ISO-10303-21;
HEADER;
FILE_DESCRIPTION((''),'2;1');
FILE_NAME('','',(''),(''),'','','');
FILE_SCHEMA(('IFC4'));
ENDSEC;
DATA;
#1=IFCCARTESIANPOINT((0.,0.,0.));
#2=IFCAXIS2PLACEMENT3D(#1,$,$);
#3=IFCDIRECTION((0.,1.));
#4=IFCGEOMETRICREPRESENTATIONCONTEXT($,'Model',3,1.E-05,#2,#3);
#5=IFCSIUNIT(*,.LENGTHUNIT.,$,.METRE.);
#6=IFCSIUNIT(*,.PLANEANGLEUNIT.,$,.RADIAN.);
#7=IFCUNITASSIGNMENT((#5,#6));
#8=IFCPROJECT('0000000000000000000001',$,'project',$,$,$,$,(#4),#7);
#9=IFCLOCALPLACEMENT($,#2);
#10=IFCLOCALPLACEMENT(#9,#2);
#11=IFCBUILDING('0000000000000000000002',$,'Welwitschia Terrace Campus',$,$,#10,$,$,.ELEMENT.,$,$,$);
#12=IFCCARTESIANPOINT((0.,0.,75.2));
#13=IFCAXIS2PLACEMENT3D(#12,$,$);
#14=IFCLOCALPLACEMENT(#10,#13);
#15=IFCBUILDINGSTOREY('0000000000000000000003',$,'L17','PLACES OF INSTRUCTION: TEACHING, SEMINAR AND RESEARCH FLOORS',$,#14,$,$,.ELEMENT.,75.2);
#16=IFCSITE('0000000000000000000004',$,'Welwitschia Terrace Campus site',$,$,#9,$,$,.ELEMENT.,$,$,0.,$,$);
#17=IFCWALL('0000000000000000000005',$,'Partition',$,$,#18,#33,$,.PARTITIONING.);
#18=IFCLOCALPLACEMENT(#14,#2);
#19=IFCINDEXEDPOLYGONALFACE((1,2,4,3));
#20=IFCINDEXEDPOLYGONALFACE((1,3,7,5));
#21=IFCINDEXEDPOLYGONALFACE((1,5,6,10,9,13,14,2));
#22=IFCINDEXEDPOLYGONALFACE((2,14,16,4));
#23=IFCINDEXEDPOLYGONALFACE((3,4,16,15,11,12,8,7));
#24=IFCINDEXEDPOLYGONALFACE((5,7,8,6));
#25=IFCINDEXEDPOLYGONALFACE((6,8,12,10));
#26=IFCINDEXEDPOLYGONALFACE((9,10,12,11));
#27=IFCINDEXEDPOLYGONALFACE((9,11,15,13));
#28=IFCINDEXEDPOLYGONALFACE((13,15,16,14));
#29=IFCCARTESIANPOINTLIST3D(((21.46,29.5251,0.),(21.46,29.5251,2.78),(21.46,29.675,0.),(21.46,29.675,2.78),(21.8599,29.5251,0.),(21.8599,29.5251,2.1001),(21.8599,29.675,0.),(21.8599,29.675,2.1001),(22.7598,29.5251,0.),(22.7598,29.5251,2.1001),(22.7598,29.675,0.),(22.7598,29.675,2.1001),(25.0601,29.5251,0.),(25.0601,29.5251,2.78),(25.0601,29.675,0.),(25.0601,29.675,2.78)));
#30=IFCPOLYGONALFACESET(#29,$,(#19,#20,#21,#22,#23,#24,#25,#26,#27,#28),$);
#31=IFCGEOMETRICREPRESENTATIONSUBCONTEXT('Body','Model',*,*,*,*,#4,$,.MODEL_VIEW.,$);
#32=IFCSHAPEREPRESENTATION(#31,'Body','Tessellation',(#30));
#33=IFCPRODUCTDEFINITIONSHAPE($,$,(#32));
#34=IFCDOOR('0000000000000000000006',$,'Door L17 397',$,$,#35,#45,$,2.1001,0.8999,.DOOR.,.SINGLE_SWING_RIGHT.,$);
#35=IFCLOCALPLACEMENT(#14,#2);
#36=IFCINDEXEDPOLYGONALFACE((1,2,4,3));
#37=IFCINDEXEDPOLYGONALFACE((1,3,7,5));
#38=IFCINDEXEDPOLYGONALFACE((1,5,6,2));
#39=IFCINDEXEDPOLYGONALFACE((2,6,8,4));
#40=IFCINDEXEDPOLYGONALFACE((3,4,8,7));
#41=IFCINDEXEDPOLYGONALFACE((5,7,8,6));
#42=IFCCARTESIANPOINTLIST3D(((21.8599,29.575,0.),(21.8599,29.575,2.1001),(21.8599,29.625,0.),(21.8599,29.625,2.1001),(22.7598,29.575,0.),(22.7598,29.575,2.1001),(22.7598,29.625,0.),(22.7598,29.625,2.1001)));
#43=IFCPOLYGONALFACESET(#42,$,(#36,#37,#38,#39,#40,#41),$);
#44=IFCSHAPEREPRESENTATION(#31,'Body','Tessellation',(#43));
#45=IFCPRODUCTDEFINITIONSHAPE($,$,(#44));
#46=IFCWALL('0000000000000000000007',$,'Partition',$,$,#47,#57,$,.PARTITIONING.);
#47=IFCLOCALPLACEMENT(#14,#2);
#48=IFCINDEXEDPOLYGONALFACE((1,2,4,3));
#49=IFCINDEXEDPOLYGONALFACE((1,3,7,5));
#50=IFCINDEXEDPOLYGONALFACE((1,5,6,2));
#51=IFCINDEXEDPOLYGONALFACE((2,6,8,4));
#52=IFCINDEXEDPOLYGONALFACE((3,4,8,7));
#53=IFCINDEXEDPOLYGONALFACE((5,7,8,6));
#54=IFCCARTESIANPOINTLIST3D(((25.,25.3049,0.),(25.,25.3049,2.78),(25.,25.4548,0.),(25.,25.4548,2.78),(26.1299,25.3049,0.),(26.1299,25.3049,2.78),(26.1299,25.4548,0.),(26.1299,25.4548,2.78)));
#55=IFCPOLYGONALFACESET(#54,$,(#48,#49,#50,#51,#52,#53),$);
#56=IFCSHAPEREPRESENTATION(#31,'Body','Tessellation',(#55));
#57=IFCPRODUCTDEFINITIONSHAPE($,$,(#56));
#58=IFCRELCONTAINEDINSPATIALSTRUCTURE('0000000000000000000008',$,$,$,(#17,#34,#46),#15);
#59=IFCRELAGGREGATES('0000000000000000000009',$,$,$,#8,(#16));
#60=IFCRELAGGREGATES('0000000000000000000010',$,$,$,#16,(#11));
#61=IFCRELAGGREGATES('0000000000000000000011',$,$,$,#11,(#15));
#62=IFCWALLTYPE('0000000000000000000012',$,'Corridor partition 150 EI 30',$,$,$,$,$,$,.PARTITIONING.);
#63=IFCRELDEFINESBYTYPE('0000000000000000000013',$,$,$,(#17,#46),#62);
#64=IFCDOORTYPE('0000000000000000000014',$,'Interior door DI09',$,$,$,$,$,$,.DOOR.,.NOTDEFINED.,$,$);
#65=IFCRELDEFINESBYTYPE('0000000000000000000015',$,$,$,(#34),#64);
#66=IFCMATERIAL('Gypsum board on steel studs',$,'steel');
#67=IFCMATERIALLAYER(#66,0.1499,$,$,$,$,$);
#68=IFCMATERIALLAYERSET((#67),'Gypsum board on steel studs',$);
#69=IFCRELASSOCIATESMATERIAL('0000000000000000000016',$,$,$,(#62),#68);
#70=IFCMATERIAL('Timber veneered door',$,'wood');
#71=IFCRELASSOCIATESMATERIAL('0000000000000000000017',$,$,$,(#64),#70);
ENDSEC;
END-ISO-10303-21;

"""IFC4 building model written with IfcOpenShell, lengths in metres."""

from ifc_helpers import new_model, si_unit, direction, frame, frame_2d, origin, place, context, subcontext, project, spatial, rectangle, extrude, material, layer, layer_set, type_object, element, fill, save


model = new_model("IFC4")

# Units and contexts
model_context = context("Model", 3, precision=1e-05, world=origin(), true_north=direction((0.0, 1.0)))
body_context = subcontext(model_context, "Body", "Model", "MODEL_VIEW")
ifc_project = project(units=[si_unit("LENGTHUNIT", "METRE"), si_unit("PLANEANGLEUNIT", "RADIAN")], contexts=[model_context])

# Site, building, storey
site_placement = place(None, origin())
site = spatial("IfcSite", under=ifc_project, at=site_placement, Name="Welwitschia Terrace Campus site", CompositionType="ELEMENT", RefElevation=0.0)
building_placement = place(site_placement, origin())
building = spatial("IfcBuilding", under=site, at=building_placement, Name="Welwitschia Terrace Campus", CompositionType="ELEMENT")
storey_placement = place(building_placement, frame((0.0, 0.0, 75.2)))
storey = spatial("IfcBuildingStorey", under=building, at=storey_placement, Name="L17", Description="PLACES OF INSTRUCTION: TEACHING, SEMINAR AND RESEARCH FLOORS", CompositionType="ELEMENT", Elevation=75.2)

# Shared definitions
ifc_material_1 = material(Name="Gypsum board on steel studs", Category="steel")
ifc_layer_1 = layer(ifc_material_1, 0.1499)
ifc_layer_set_1 = layer_set([ifc_layer_1], Name="Gypsum board on steel studs")
wall_type_1 = type_object("IfcWallType", Name="Corridor partition 150 EI 30", PredefinedType="PARTITIONING", material=ifc_layer_set_1)

# Wall, opening, door
wall_1_placement = place(storey_placement, frame((21.46, 29.6001, 0.0), z_axis=(0.0, 0.0, 1.0), x_axis=(1.0, 0.0, 0.0)))
wall_1 = element("IfcWall", 1, at=wall_1_placement, inside=storey, type_object=wall_type_1, Name="Partition", PredefinedType="PARTITIONING", context=body_context, shape_type="SweptSolid", body=[
    extrude(rectangle(XDim=3.6001, YDim=0.1499, at=frame_2d((1.8, 0.0))), origin(), (0.0, 0.0, 1.0), 2.78),
])
opening_1_placement = place(wall_1_placement, frame((0.3999, 0.0, 0.0)))
opening_1 = element("IfcOpeningElement", 2, at=opening_1_placement, cuts=wall_1, PredefinedType="OPENING", context=body_context, shape_type="SweptSolid", body=[
    extrude(rectangle(XDim=0.8999, YDim=2.1001, at=frame_2d((0.45, 1.05))), frame((0.0, 0.085, 0.0), z_axis=(0.0, -1.0, 0.0), x_axis=(1.0, 0.0, 0.0)), (0.0, 0.0, 1.0), 0.1699),
])
ifc_material_2 = material(Name="Timber veneered door", Category="wood")
door_type_1 = type_object("IfcDoorType", Name="Interior door DI09", OperationType="NOTDEFINED", PredefinedType="DOOR", material=ifc_material_2)
door_1_placement = place(opening_1_placement, origin())
door_1 = element("IfcDoor", 3, at=door_1_placement, inside=storey, type_object=door_type_1, Name="Door L17 397", OperationType="SINGLE_SWING_RIGHT", OverallHeight=2.1001, OverallWidth=0.8999, PredefinedType="DOOR", context=body_context, shape_type="SweptSolid", body=[
    extrude(rectangle(XDim=0.8999, YDim=2.1001, at=frame_2d((0.45, 1.05))), frame((0.0, 0.0249, 0.0), z_axis=(0.0, -1.0, 0.0), x_axis=(1.0, 0.0, 0.0)), (0.0, 0.0, 1.0), 0.05),
])
fill(opening_1, door_1)

# Wall
wall_2_placement = place(storey_placement, frame((25.0, 25.3799, 0.0), z_axis=(0.0, 0.0, 1.0), x_axis=(1.0, 0.0, 0.0)))
element("IfcWall", 4, at=wall_2_placement, inside=storey, type_object=wall_type_1, Name="Partition", PredefinedType="PARTITIONING", context=body_context, shape_type="SweptSolid", body=[
    extrude(rectangle(XDim=1.1299, YDim=0.1499, at=frame_2d((0.5649, 0.0))), origin(), (0.0, 0.0, 1.0), 2.78),
])

save(model, "model.ifc")
